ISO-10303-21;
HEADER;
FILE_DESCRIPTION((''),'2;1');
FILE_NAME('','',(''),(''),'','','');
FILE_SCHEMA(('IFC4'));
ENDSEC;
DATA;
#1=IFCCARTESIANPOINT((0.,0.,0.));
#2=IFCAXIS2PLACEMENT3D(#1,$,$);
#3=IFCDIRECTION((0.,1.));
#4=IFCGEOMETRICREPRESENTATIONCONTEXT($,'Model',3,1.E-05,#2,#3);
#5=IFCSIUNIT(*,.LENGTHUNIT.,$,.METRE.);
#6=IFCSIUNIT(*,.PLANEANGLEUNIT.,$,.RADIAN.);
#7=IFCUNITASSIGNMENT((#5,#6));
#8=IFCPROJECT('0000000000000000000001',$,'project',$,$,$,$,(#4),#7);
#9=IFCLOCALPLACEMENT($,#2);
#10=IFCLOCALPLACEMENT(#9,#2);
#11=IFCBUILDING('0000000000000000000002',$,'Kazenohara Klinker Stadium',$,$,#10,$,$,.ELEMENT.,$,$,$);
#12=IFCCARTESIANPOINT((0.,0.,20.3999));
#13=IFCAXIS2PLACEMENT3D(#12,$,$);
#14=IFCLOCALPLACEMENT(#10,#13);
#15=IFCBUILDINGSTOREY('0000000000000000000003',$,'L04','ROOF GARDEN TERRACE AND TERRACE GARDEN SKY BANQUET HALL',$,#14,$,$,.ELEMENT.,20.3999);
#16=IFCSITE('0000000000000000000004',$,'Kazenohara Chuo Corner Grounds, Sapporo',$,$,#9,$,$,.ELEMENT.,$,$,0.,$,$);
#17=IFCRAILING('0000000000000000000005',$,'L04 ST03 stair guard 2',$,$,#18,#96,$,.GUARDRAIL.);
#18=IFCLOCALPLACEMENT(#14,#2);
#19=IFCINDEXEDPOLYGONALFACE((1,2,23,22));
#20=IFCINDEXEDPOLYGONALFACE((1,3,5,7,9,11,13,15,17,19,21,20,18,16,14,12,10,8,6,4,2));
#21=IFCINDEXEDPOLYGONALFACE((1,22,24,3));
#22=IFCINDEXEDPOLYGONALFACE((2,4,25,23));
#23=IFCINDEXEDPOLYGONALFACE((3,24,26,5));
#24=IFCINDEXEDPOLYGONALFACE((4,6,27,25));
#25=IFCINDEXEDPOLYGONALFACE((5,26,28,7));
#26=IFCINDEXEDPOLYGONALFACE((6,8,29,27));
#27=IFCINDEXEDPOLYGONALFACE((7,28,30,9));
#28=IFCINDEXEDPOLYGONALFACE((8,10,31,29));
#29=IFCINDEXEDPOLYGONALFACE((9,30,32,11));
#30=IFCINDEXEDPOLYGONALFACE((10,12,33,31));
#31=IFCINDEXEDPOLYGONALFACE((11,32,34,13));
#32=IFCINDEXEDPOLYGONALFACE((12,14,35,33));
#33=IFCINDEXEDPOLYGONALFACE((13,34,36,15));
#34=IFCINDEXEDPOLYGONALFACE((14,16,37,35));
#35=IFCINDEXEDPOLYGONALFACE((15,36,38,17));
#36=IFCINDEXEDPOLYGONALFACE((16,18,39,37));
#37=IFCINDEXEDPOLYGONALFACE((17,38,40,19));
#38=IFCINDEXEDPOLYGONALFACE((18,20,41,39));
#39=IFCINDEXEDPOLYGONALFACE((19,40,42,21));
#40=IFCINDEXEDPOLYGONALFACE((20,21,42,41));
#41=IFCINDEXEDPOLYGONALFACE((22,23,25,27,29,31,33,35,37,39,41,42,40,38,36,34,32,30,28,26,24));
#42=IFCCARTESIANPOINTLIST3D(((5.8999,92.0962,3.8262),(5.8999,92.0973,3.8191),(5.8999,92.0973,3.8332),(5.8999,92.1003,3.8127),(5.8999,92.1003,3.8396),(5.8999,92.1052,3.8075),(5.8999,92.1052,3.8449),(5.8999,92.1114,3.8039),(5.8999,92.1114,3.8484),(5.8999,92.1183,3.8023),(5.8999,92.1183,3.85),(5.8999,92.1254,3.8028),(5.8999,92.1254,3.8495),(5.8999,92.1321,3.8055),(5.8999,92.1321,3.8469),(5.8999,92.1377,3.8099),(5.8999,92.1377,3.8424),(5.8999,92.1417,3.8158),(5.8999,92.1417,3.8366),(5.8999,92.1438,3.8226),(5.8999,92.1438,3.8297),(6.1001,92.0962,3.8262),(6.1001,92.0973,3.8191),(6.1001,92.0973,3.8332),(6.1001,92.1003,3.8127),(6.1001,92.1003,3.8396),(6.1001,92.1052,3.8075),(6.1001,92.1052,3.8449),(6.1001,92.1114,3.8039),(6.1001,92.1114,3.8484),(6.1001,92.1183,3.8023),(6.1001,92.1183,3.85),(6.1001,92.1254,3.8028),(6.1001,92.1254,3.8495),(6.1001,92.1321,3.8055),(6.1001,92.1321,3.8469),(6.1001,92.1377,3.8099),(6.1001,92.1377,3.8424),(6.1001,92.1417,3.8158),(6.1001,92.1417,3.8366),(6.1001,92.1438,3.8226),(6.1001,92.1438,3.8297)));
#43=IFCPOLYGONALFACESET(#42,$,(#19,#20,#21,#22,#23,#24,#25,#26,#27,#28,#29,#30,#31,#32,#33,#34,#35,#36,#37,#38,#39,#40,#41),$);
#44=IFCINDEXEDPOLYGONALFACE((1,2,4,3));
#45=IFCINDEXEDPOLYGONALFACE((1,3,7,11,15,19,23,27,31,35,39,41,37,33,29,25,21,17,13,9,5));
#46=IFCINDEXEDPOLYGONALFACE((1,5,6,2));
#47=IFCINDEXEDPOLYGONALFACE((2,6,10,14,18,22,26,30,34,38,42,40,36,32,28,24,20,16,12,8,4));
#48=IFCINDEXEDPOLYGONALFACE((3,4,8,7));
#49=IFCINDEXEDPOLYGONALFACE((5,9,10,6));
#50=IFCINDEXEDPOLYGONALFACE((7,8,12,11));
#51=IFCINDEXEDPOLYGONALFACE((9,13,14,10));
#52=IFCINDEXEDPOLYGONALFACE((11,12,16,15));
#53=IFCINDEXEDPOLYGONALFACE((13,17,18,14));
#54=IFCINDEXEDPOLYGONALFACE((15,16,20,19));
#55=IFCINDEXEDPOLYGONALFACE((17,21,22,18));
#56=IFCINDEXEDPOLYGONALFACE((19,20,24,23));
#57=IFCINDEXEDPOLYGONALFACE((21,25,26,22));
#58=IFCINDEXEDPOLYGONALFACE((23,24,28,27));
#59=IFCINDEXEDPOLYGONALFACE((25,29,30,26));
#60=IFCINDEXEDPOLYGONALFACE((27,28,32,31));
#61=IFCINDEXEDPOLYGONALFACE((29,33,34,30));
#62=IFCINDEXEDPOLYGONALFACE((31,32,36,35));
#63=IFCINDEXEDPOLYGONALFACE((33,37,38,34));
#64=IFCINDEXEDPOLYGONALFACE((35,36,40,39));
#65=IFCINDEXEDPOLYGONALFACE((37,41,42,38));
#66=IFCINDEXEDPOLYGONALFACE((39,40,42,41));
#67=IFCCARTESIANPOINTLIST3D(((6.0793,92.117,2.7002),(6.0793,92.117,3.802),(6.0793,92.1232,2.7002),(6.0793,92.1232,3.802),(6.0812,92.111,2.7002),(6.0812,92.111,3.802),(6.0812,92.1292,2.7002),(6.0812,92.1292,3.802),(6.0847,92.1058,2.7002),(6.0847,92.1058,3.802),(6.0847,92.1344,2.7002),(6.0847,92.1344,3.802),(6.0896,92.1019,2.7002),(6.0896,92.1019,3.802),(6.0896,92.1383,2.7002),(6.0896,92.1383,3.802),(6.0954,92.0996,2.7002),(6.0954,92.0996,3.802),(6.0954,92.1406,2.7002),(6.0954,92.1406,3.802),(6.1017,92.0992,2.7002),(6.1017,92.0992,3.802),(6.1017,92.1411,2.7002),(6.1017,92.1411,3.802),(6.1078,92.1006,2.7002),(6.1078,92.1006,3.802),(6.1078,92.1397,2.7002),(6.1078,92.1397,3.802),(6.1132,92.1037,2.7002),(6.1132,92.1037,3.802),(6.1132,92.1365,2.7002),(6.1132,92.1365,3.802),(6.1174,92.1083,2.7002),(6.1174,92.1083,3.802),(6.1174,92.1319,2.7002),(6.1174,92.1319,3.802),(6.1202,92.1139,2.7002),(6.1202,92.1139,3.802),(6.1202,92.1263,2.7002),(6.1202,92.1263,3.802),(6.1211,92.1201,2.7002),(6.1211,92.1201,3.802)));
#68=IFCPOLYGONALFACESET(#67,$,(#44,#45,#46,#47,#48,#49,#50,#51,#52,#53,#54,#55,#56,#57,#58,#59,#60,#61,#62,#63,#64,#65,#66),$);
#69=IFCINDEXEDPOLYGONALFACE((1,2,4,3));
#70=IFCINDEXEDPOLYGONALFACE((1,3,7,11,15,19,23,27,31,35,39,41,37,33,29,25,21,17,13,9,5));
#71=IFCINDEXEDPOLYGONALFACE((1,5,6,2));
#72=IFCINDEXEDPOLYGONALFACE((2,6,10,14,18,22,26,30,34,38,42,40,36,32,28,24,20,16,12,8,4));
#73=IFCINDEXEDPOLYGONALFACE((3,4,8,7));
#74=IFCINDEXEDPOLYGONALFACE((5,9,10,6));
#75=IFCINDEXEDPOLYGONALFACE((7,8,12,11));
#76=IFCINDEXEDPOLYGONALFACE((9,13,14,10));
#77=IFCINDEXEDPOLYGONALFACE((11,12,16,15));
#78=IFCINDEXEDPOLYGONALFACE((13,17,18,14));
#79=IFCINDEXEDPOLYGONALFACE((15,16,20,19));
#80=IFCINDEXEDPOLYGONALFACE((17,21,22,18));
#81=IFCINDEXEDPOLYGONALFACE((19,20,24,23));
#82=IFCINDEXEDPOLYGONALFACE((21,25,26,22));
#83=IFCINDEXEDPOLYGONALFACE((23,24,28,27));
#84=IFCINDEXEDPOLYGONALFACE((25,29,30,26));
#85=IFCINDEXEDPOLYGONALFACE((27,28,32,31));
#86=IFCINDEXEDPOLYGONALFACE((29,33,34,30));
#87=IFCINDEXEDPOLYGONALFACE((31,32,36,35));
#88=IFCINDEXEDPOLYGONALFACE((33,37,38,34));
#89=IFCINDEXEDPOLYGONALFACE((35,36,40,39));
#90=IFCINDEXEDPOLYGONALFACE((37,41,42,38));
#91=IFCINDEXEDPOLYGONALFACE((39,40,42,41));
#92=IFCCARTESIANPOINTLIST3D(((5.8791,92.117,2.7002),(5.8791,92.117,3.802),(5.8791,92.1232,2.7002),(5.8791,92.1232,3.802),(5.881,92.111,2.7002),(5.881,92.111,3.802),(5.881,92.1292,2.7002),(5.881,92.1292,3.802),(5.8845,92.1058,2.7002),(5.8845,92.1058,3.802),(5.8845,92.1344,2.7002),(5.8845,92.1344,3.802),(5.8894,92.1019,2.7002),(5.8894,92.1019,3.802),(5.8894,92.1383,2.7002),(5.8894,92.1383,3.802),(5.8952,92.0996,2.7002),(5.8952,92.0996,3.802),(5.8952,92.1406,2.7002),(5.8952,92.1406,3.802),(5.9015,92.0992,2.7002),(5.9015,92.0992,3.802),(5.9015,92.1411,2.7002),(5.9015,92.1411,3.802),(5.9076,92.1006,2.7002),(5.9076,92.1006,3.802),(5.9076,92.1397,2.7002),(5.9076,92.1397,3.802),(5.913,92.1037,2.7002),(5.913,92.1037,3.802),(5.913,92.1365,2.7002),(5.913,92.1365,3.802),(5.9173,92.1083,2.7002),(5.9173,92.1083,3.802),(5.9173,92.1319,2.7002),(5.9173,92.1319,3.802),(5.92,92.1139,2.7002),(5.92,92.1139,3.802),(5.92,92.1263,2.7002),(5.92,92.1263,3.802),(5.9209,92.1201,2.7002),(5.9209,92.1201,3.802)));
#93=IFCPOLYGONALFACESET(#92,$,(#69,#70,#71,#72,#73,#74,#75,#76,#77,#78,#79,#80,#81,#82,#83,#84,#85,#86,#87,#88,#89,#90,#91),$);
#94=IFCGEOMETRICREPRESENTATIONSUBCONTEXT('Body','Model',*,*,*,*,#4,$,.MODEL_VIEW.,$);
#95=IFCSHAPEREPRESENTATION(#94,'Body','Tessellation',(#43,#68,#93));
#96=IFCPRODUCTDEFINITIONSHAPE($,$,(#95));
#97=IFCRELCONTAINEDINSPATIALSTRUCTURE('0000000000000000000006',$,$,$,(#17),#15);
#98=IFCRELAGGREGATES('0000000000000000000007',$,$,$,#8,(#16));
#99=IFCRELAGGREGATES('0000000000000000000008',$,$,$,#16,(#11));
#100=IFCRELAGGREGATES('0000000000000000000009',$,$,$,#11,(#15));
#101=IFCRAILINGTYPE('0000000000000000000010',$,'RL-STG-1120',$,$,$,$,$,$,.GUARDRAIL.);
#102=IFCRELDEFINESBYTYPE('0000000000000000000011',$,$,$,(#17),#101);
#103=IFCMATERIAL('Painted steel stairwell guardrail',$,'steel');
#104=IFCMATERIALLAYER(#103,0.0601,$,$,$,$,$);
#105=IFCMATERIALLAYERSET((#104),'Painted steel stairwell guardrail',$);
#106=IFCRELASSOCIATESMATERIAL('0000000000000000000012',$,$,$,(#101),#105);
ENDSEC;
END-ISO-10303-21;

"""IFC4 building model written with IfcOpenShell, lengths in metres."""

from ifc_helpers import new_model, si_unit, direction, frame, origin, origin_2d, place, context, subcontext, project, spatial, circle, extrude, material, layer, layer_set, type_object, element, save


model = new_model("IFC4")

# Units and contexts
model_context = context("Model", 3, precision=1e-05, world=origin(), true_north=direction((0.0, 1.0)))
body_context = subcontext(model_context, "Body", "Model", "MODEL_VIEW")
ifc_project = project(units=[si_unit("LENGTHUNIT", "METRE"), si_unit("PLANEANGLEUNIT", "RADIAN")], contexts=[model_context])

# Site, building, storey
site_placement = place(None, origin())
site = spatial("IfcSite", under=ifc_project, at=site_placement, Name="Kazenohara Chuo Corner Grounds, Sapporo", CompositionType="ELEMENT", RefElevation=0.0)
building_placement = place(site_placement, origin())
building = spatial("IfcBuilding", under=site, at=building_placement, Name="Kazenohara Klinker Stadium", CompositionType="ELEMENT")
storey_placement = place(building_placement, frame((0.0, 0.0, 20.3999)))
storey = spatial("IfcBuildingStorey", under=building, at=storey_placement, Name="L04", Description="ROOF GARDEN TERRACE AND TERRACE GARDEN SKY BANQUET HALL", CompositionType="ELEMENT", Elevation=20.3999)

# Railing
ifc_material_1 = material(Name="Painted steel stairwell guardrail", Category="steel")
ifc_layer_1 = layer(ifc_material_1, 0.0601)
ifc_layer_set_1 = layer_set([ifc_layer_1], Name="Painted steel stairwell guardrail")
railing_type_1 = type_object("IfcRailingType", Name="RL-STG-1120", PredefinedType="GUARDRAIL", material=ifc_layer_set_1)
railing_1_placement = place(storey_placement, frame((6.1001, 92.1201, 2.7002)))
element("IfcRailing", 1, at=railing_1_placement, inside=storey, type_object=railing_type_1, Name="L04 ST03 stair guard 2", PredefinedType="GUARDRAIL", context=body_context, shape_type="SweptSolid", body=[
    extrude(circle(Radius=0.0239, at=origin_2d()), frame((0.0, 0.0, 1.126), z_axis=(-1.0, 0.0, 0.0), x_axis=(0.0, -1.0, 0.0)), (0.0, 0.0, 1.0), 0.2002),
    extrude(circle(Radius=0.021, at=origin_2d()), origin(), (0.0, 0.0, 1.0), 1.1018),
    extrude(circle(Radius=0.021, at=origin_2d()), frame((-0.2002, 0.0, 0.0)), (0.0, 0.0, 1.0), 1.1018),
])

save(model, "model.ifc")
